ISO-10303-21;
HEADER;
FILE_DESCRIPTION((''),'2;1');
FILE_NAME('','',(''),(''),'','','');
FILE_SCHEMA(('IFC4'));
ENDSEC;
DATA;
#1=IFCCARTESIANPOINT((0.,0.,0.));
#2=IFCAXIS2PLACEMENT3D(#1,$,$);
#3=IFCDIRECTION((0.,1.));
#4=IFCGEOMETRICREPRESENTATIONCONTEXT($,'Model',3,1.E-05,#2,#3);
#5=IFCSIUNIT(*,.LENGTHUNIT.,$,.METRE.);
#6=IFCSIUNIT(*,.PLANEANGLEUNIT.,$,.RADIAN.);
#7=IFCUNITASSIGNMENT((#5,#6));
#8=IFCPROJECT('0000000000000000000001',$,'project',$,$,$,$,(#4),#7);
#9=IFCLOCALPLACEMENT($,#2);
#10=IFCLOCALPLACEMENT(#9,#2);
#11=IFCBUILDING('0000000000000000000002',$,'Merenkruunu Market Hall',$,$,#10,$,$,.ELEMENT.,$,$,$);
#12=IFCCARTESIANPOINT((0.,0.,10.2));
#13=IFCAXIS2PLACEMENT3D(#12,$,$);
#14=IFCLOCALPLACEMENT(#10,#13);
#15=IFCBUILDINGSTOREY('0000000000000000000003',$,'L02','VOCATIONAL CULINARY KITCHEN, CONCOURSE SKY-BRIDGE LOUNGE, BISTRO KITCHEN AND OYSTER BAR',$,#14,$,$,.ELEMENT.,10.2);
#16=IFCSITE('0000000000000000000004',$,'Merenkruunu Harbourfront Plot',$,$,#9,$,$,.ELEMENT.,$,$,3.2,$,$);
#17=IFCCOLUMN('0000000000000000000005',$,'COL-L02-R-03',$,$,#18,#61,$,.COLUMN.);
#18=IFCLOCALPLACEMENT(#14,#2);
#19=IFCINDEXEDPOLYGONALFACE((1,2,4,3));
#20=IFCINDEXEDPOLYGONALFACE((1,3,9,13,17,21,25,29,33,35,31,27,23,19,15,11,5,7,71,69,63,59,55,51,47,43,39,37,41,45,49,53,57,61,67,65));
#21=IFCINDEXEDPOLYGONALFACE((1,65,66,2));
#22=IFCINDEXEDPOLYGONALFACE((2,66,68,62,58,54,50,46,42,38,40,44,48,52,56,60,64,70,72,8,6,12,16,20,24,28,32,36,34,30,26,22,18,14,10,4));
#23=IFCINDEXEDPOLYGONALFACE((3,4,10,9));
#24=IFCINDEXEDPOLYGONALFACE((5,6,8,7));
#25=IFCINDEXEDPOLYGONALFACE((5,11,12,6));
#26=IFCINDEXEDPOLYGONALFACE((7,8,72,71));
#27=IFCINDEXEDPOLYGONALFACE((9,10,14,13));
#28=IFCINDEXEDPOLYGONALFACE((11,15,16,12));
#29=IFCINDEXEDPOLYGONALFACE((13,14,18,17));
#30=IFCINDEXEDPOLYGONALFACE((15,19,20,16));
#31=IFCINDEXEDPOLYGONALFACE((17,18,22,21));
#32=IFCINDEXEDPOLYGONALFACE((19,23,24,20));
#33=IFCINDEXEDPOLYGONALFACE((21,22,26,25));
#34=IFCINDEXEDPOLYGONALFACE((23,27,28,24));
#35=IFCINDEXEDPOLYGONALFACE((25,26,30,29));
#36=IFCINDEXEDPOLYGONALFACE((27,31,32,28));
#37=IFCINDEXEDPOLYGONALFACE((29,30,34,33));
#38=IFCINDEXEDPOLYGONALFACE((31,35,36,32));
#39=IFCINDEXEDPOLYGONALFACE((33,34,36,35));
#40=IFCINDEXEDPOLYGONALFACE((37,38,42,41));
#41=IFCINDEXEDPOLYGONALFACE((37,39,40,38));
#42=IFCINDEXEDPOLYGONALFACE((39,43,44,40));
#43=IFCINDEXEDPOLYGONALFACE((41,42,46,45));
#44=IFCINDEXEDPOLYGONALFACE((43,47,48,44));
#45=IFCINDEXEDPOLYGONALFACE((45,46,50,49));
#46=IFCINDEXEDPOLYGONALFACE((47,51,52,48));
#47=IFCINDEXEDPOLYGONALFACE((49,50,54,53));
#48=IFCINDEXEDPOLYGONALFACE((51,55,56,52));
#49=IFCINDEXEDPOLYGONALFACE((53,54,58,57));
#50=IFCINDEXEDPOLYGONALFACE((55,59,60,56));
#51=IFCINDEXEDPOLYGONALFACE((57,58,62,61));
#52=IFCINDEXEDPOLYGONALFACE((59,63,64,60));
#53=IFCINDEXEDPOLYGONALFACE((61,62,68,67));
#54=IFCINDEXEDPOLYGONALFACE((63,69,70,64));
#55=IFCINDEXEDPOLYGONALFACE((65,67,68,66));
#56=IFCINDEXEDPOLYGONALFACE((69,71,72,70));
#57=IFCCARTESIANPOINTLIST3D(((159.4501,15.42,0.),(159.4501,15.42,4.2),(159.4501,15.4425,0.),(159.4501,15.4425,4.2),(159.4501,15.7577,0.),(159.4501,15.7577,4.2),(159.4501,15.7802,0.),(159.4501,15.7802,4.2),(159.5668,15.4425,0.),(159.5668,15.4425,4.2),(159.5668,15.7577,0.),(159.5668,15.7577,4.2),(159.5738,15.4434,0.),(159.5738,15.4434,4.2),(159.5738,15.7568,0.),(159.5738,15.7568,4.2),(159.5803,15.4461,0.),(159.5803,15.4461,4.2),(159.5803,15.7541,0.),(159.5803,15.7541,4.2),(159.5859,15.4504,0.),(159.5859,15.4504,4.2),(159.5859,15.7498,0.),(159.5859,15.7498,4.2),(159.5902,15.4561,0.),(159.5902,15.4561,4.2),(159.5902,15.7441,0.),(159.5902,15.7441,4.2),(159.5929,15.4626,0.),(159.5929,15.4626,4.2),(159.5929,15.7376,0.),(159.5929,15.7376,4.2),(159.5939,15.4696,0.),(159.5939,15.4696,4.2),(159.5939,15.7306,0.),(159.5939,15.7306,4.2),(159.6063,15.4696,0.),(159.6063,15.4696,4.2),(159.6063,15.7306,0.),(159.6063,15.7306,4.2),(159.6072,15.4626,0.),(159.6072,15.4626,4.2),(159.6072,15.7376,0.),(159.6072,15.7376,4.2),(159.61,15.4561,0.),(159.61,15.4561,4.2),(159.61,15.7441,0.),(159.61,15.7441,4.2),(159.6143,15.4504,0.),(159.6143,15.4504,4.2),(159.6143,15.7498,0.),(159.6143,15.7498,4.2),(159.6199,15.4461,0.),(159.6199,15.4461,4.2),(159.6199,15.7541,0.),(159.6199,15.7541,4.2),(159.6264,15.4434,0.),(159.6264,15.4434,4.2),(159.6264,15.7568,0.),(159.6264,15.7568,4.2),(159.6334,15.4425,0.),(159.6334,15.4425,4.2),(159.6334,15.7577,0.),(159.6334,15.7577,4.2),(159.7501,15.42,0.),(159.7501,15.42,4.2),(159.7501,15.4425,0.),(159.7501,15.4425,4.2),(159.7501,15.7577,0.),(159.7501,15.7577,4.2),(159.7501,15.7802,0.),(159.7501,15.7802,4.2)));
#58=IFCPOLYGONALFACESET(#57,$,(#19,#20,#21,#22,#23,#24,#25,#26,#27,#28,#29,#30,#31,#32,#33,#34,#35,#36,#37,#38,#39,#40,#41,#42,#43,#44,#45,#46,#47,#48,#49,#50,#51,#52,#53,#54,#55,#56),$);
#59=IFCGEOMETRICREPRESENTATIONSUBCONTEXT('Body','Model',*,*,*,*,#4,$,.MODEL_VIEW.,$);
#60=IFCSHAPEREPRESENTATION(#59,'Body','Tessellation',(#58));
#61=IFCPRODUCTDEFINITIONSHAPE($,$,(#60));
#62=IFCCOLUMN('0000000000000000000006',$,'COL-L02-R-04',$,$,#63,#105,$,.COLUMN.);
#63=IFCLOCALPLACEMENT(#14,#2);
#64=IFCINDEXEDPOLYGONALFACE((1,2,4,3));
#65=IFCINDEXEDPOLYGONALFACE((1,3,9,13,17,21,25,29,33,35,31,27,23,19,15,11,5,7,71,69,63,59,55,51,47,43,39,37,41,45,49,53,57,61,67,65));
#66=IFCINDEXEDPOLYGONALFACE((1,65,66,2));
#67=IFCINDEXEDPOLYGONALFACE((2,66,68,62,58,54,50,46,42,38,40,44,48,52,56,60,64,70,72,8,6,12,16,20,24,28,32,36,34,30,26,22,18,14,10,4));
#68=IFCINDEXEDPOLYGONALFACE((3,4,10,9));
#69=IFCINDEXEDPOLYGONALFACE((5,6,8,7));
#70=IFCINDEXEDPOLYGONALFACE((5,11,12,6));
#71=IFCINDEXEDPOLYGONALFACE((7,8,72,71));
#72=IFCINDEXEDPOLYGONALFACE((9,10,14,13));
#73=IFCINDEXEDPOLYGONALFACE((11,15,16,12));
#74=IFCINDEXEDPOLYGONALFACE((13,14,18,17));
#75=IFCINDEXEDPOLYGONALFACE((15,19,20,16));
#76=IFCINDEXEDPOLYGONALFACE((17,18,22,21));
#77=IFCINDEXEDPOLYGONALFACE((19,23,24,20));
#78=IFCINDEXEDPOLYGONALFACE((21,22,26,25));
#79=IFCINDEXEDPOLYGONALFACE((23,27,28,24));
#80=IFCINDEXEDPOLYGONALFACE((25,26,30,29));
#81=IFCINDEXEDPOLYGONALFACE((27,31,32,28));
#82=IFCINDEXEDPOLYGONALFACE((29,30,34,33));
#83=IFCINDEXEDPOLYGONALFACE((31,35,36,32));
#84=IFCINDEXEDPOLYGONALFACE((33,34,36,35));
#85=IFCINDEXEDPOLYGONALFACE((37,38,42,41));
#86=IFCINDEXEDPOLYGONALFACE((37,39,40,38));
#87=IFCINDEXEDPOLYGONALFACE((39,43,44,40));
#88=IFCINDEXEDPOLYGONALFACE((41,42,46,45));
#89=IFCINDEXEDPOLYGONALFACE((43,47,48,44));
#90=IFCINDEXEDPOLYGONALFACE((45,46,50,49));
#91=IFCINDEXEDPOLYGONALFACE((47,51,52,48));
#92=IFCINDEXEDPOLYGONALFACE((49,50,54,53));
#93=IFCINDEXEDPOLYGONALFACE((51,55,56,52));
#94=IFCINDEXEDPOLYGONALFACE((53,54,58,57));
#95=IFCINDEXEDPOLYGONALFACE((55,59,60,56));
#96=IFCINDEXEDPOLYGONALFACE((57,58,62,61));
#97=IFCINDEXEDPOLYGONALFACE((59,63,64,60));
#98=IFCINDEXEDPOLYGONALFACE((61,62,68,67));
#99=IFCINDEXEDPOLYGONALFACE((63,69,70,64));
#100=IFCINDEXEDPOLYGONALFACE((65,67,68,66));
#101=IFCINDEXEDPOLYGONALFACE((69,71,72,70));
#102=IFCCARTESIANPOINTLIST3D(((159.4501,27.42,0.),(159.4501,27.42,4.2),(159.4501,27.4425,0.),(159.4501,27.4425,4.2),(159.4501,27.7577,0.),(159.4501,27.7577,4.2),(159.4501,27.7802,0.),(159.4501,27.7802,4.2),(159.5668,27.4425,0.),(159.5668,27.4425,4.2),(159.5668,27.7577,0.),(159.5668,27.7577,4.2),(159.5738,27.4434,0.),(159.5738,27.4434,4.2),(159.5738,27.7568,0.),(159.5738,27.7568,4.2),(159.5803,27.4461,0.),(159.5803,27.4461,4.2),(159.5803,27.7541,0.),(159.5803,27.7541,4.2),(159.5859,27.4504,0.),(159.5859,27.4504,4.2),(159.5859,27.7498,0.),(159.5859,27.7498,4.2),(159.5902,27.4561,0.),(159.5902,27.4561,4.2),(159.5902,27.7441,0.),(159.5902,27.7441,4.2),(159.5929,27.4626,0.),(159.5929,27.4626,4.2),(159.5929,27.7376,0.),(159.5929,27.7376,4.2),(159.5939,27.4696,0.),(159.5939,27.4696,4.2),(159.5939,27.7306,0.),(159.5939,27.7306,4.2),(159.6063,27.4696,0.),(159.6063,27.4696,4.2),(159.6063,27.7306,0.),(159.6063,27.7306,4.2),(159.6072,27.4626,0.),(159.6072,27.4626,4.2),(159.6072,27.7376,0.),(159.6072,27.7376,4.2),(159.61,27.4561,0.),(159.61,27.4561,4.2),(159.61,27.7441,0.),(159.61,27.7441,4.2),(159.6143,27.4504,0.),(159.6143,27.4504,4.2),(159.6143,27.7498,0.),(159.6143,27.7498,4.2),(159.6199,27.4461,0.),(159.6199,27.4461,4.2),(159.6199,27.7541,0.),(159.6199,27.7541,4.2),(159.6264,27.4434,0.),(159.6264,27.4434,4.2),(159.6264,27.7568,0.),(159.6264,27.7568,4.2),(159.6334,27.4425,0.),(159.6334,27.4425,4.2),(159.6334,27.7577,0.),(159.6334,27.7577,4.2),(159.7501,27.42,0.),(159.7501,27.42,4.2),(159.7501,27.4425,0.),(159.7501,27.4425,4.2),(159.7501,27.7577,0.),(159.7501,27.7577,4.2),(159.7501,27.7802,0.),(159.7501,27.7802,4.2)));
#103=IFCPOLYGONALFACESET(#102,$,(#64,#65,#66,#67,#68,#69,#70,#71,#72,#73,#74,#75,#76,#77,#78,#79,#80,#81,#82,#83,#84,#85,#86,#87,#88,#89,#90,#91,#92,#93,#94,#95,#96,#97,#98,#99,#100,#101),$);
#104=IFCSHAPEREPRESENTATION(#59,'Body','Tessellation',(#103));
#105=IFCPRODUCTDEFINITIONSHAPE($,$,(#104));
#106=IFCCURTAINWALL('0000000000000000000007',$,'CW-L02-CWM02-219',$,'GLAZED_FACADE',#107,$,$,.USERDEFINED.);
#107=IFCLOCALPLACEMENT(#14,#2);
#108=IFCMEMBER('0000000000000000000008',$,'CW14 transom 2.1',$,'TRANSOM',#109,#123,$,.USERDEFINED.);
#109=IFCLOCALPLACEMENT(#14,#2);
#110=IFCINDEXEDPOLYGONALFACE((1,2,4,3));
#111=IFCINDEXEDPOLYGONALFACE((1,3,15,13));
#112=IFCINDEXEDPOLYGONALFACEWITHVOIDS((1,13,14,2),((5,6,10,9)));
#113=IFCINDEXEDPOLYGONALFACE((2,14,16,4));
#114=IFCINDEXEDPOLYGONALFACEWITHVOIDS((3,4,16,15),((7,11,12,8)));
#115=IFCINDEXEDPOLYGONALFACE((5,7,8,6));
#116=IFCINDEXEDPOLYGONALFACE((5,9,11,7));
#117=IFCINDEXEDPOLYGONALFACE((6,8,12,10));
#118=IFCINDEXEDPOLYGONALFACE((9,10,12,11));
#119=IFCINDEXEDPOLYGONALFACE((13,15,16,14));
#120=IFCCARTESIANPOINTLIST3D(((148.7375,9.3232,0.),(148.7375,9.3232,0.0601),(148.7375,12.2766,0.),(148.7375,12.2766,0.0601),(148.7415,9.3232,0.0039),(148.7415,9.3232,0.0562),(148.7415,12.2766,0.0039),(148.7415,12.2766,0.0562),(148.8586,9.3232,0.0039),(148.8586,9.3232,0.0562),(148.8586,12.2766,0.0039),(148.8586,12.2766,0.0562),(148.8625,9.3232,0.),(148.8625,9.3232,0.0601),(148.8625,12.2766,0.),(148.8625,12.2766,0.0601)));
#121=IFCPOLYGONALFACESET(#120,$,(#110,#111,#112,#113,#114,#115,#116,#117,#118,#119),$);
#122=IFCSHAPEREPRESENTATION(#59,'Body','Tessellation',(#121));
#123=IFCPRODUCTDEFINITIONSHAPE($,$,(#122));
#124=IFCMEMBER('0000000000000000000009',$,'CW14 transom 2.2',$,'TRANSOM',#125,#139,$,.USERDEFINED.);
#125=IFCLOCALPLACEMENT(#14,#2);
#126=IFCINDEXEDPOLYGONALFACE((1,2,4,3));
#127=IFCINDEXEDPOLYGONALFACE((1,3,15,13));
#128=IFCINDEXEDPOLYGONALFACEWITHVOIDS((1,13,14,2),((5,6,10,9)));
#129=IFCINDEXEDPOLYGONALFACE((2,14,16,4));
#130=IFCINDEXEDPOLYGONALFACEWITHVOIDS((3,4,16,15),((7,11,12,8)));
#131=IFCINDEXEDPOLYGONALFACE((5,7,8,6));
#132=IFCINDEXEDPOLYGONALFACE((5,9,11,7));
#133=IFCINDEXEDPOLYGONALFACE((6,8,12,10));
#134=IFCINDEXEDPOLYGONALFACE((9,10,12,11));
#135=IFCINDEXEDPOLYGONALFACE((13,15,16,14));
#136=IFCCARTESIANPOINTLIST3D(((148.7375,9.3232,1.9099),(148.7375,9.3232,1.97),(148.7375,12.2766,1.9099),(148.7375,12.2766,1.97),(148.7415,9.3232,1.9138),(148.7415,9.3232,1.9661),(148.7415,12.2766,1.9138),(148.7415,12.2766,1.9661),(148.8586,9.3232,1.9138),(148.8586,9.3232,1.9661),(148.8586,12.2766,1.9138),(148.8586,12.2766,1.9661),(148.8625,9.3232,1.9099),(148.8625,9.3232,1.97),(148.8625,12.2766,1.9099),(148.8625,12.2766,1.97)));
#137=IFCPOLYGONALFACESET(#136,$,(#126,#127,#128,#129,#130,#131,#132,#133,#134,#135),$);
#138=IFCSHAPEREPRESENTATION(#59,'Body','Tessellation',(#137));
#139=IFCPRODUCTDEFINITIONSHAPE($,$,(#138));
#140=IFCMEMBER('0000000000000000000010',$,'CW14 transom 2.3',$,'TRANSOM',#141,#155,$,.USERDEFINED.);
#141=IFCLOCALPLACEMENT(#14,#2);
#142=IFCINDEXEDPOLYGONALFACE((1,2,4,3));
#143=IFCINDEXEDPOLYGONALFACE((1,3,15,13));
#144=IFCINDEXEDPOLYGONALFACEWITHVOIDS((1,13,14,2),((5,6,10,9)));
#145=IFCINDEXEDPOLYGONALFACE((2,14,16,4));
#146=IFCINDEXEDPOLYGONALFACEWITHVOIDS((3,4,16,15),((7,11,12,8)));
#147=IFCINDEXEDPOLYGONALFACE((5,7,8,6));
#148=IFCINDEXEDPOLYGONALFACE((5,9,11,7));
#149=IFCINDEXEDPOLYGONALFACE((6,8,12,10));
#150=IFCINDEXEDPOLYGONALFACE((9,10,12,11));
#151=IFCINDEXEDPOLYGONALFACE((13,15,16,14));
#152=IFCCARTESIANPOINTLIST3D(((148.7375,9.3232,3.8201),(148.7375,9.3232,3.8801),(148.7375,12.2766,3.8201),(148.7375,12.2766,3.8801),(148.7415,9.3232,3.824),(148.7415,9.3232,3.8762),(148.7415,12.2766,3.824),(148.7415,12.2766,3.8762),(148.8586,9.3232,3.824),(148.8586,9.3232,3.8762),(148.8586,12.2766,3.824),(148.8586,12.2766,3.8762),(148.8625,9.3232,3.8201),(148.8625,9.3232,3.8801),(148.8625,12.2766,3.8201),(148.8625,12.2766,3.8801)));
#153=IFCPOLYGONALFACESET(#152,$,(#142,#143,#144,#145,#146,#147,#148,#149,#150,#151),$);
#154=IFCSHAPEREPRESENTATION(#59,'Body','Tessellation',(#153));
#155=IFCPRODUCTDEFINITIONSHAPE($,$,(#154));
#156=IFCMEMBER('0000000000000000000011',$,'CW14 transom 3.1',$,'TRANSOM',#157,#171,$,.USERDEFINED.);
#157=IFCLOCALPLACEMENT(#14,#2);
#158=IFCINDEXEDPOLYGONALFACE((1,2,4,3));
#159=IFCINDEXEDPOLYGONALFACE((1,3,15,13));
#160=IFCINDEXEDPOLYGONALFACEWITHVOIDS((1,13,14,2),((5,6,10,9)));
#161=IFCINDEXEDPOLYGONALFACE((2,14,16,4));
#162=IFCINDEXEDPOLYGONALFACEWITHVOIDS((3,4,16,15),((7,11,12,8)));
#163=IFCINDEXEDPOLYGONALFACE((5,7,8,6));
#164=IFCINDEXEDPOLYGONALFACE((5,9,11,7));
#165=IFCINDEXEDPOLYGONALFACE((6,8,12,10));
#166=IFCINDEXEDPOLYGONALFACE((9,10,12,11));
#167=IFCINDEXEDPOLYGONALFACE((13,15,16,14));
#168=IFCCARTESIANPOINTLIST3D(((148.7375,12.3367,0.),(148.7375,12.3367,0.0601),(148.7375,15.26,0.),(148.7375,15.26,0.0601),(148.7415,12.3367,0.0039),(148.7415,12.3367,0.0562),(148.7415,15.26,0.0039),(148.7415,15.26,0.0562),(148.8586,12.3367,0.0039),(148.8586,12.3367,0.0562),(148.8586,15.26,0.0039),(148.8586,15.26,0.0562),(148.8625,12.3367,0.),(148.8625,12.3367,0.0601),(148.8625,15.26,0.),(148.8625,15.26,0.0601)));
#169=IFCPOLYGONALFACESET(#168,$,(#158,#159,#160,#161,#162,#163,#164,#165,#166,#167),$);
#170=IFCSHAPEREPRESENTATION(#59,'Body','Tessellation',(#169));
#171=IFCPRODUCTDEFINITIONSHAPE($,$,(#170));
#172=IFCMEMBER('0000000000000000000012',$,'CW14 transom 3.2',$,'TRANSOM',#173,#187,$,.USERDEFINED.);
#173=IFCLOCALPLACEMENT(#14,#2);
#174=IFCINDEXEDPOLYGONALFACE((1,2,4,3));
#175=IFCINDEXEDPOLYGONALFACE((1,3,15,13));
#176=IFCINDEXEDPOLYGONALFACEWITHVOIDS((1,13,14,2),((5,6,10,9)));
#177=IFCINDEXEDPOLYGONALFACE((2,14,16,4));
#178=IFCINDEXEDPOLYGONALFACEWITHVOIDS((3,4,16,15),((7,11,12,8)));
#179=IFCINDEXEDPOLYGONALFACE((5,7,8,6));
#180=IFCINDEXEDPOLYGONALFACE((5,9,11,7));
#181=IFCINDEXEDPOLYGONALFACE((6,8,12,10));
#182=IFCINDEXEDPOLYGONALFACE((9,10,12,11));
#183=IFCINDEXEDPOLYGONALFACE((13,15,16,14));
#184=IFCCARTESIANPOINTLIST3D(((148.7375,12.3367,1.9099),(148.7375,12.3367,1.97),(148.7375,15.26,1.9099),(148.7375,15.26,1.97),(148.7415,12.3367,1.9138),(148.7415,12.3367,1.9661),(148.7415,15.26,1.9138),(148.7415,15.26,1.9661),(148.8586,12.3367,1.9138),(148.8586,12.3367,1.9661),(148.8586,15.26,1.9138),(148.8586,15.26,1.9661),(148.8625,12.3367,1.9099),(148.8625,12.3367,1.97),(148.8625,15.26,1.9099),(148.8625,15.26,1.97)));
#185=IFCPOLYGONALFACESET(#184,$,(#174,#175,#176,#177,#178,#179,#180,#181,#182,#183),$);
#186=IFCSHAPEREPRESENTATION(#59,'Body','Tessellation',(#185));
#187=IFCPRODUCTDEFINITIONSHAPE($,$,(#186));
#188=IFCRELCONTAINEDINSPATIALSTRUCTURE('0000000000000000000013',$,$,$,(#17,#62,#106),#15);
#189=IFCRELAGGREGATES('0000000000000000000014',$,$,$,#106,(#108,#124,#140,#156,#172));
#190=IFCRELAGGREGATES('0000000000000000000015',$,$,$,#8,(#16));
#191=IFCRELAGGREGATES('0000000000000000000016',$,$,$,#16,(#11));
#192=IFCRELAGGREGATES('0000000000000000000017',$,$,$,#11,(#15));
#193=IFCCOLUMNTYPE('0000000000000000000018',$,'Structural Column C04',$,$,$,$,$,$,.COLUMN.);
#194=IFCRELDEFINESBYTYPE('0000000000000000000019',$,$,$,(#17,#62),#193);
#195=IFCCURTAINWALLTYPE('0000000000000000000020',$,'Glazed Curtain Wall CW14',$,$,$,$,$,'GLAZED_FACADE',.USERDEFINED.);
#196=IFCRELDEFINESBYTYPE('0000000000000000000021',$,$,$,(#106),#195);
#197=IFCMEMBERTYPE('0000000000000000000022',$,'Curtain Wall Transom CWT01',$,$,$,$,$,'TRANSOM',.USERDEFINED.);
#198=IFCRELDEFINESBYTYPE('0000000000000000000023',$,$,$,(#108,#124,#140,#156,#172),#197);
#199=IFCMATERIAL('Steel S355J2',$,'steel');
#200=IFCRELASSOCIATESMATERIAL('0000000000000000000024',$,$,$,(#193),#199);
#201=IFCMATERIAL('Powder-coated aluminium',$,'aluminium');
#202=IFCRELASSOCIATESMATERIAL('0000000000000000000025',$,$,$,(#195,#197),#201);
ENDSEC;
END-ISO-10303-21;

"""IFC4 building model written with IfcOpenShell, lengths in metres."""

from ifc_helpers import new_model, si_unit, direction, frame, origin, origin_2d, place, context, subcontext, project, spatial, hollow_rectangle, i_section, extrude, material, material_profile, profile_set, type_object, element, aggregate, save


model = new_model("IFC4")

# Units and contexts
model_context = context("Model", 3, precision=1e-05, world=origin(), true_north=direction((0.0, 1.0)))
body_context = subcontext(model_context, "Body", "Model", "MODEL_VIEW")
ifc_project = project(units=[si_unit("LENGTHUNIT", "METRE"), si_unit("PLANEANGLEUNIT", "RADIAN")], contexts=[model_context])

# Site, building, storey
site_placement = place(None, origin())
site = spatial("IfcSite", under=ifc_project, at=site_placement, Name="Merenkruunu Harbourfront Plot", CompositionType="ELEMENT", RefElevation=3.2)
building_placement = place(site_placement, origin())
building = spatial("IfcBuilding", under=site, at=building_placement, Name="Merenkruunu Market Hall", CompositionType="ELEMENT")
storey_placement = place(building_placement, frame((0.0, 0.0, 10.2)))
storey = spatial("IfcBuildingStorey", under=building, at=storey_placement, Name="L02", Description="VOCATIONAL CULINARY KITCHEN, CONCOURSE SKY-BRIDGE LOUNGE, BISTRO KITCHEN AND OYSTER BAR", CompositionType="ELEMENT", Elevation=10.2)

# Columns
ifc_material_1 = material(Name="Steel S355J2", Category="steel")
ifc_material_profile_1 = material_profile(ifc_material_1, i_section(OverallWidth=0.3, OverallDepth=0.3601, WebThickness=0.0125, FlangeThickness=0.0225, FilletRadius=0.0271, at=origin_2d()), Name="HEB 360")
ifc_profile_set_1 = profile_set([ifc_material_profile_1], Name="Steel S355J2")
column_type = type_object("IfcColumnType", Name="Structural Column C04", PredefinedType="COLUMN", material=ifc_profile_set_1)
for number, where, z_axis, x_axis, name in (
    (1, (159.6001, 15.6001, 0.0), (0.0, 0.0, 1.0), (1.0, 0.0, 0.0), "COL-L02-R-03"),
    (2, (159.6001, 27.6001, 0.0), (0.0, 0.0, 1.0), (1.0, 0.0, 0.0), "COL-L02-R-04"),
):
    element("IfcColumn", number, at=place(storey_placement, frame(where, z_axis=z_axis, x_axis=x_axis)), inside=storey, type_object=column_type, Name=name, PredefinedType="COLUMN", context=body_context, shape_type="SweptSolid", body=[
        extrude(i_section(OverallWidth=0.3, OverallDepth=0.3601, WebThickness=0.0125, FlangeThickness=0.0225, FilletRadius=0.0271, at=origin_2d()), origin(), (0.0, 0.0, 1.0), 4.2),
    ])

# Curtain wall, members
ifc_material_2 = material(Name="Powder-coated aluminium", Category="aluminium")
curtain_wall_type = type_object("IfcCurtainWallType", Name="Glazed Curtain Wall CW14", ElementType="GLAZED_FACADE", PredefinedType="USERDEFINED", material=ifc_material_2)
curtain_wall_placement = place(storey_placement, origin())
curtain_wall = element("IfcCurtainWall", 3, at=curtain_wall_placement, inside=storey, type_object=curtain_wall_type, Name="CW-L02-CWM02-219", ObjectType="GLAZED_FACADE", PredefinedType="USERDEFINED")
ifc_material_profile_2 = material_profile(ifc_material_2, hollow_rectangle(XDim=0.0601, YDim=0.125, WallThickness=0.0039, at=origin_2d()), Name="ALU 60x125x4")
ifc_profile_set_2 = profile_set([ifc_material_profile_2], Name="Powder-coated aluminium")
member_type = type_object("IfcMemberType", Name="Curtain Wall Transom CWT01", ElementType="TRANSOM", PredefinedType="USERDEFINED", material=ifc_profile_set_2)
member_1_placement = place(storey_placement, frame((148.8, 9.3232, 0.03), z_axis=(0.0, 1.0, 0.0), x_axis=(0.0, 0.0, 1.0)))
member_1 = element("IfcMember", 4, at=member_1_placement, type_object=member_type, Name="CW14 transom 2.1", ObjectType="TRANSOM", PredefinedType="USERDEFINED", context=body_context, shape_type="SweptSolid", body=[
    extrude(hollow_rectangle(XDim=0.0601, YDim=0.125, WallThickness=0.0039, at=origin_2d()), origin(), (0.0, 0.0, 1.0), 2.9534),
])
member_2_placement = place(storey_placement, frame((148.8, 9.3232, 1.9399), z_axis=(0.0, 1.0, 0.0), x_axis=(0.0, 0.0, 1.0)))
member_2 = element("IfcMember", 5, at=member_2_placement, type_object=member_type, Name="CW14 transom 2.2", ObjectType="TRANSOM", PredefinedType="USERDEFINED", context=body_context, shape_type="SweptSolid", body=[
    extrude(hollow_rectangle(XDim=0.0601, YDim=0.125, WallThickness=0.0039, at=origin_2d()), origin(), (0.0, 0.0, 1.0), 2.9534),
])
member_3_placement = place(storey_placement, frame((148.8, 9.3232, 3.8501), z_axis=(0.0, 1.0, 0.0), x_axis=(0.0, 0.0, 1.0)))
member_3 = element("IfcMember", 6, at=member_3_placement, type_object=member_type, Name="CW14 transom 2.3", ObjectType="TRANSOM", PredefinedType="USERDEFINED", context=body_context, shape_type="SweptSolid", body=[
    extrude(hollow_rectangle(XDim=0.0601, YDim=0.125, WallThickness=0.0039, at=origin_2d()), origin(), (0.0, 0.0, 1.0), 2.9534),
])
member_4_placement = place(storey_placement, frame((148.8, 12.3367, 0.03), z_axis=(0.0, 1.0, 0.0), x_axis=(0.0, 0.0, 1.0)))
member_4 = element("IfcMember", 7, at=member_4_placement, type_object=member_type, Name="CW14 transom 3.1", ObjectType="TRANSOM", PredefinedType="USERDEFINED", context=body_context, shape_type="SweptSolid", body=[
    extrude(hollow_rectangle(XDim=0.0601, YDim=0.125, WallThickness=0.0039, at=origin_2d()), origin(), (0.0, 0.0, 1.0), 2.9233),
])
member_5_placement = place(storey_placement, frame((148.8, 12.3367, 1.9399), z_axis=(0.0, 1.0, 0.0), x_axis=(0.0, 0.0, 1.0)))
member_5 = element("IfcMember", 8, at=member_5_placement, type_object=member_type, Name="CW14 transom 3.2", ObjectType="TRANSOM", PredefinedType="USERDEFINED", context=body_context, shape_type="SweptSolid", body=[
    extrude(hollow_rectangle(XDim=0.0601, YDim=0.125, WallThickness=0.0039, at=origin_2d()), origin(), (0.0, 0.0, 1.0), 2.9233),
])

aggregate(curtain_wall, [member_1, member_2, member_3, member_4, member_5])

save(model, "model.ifc")
